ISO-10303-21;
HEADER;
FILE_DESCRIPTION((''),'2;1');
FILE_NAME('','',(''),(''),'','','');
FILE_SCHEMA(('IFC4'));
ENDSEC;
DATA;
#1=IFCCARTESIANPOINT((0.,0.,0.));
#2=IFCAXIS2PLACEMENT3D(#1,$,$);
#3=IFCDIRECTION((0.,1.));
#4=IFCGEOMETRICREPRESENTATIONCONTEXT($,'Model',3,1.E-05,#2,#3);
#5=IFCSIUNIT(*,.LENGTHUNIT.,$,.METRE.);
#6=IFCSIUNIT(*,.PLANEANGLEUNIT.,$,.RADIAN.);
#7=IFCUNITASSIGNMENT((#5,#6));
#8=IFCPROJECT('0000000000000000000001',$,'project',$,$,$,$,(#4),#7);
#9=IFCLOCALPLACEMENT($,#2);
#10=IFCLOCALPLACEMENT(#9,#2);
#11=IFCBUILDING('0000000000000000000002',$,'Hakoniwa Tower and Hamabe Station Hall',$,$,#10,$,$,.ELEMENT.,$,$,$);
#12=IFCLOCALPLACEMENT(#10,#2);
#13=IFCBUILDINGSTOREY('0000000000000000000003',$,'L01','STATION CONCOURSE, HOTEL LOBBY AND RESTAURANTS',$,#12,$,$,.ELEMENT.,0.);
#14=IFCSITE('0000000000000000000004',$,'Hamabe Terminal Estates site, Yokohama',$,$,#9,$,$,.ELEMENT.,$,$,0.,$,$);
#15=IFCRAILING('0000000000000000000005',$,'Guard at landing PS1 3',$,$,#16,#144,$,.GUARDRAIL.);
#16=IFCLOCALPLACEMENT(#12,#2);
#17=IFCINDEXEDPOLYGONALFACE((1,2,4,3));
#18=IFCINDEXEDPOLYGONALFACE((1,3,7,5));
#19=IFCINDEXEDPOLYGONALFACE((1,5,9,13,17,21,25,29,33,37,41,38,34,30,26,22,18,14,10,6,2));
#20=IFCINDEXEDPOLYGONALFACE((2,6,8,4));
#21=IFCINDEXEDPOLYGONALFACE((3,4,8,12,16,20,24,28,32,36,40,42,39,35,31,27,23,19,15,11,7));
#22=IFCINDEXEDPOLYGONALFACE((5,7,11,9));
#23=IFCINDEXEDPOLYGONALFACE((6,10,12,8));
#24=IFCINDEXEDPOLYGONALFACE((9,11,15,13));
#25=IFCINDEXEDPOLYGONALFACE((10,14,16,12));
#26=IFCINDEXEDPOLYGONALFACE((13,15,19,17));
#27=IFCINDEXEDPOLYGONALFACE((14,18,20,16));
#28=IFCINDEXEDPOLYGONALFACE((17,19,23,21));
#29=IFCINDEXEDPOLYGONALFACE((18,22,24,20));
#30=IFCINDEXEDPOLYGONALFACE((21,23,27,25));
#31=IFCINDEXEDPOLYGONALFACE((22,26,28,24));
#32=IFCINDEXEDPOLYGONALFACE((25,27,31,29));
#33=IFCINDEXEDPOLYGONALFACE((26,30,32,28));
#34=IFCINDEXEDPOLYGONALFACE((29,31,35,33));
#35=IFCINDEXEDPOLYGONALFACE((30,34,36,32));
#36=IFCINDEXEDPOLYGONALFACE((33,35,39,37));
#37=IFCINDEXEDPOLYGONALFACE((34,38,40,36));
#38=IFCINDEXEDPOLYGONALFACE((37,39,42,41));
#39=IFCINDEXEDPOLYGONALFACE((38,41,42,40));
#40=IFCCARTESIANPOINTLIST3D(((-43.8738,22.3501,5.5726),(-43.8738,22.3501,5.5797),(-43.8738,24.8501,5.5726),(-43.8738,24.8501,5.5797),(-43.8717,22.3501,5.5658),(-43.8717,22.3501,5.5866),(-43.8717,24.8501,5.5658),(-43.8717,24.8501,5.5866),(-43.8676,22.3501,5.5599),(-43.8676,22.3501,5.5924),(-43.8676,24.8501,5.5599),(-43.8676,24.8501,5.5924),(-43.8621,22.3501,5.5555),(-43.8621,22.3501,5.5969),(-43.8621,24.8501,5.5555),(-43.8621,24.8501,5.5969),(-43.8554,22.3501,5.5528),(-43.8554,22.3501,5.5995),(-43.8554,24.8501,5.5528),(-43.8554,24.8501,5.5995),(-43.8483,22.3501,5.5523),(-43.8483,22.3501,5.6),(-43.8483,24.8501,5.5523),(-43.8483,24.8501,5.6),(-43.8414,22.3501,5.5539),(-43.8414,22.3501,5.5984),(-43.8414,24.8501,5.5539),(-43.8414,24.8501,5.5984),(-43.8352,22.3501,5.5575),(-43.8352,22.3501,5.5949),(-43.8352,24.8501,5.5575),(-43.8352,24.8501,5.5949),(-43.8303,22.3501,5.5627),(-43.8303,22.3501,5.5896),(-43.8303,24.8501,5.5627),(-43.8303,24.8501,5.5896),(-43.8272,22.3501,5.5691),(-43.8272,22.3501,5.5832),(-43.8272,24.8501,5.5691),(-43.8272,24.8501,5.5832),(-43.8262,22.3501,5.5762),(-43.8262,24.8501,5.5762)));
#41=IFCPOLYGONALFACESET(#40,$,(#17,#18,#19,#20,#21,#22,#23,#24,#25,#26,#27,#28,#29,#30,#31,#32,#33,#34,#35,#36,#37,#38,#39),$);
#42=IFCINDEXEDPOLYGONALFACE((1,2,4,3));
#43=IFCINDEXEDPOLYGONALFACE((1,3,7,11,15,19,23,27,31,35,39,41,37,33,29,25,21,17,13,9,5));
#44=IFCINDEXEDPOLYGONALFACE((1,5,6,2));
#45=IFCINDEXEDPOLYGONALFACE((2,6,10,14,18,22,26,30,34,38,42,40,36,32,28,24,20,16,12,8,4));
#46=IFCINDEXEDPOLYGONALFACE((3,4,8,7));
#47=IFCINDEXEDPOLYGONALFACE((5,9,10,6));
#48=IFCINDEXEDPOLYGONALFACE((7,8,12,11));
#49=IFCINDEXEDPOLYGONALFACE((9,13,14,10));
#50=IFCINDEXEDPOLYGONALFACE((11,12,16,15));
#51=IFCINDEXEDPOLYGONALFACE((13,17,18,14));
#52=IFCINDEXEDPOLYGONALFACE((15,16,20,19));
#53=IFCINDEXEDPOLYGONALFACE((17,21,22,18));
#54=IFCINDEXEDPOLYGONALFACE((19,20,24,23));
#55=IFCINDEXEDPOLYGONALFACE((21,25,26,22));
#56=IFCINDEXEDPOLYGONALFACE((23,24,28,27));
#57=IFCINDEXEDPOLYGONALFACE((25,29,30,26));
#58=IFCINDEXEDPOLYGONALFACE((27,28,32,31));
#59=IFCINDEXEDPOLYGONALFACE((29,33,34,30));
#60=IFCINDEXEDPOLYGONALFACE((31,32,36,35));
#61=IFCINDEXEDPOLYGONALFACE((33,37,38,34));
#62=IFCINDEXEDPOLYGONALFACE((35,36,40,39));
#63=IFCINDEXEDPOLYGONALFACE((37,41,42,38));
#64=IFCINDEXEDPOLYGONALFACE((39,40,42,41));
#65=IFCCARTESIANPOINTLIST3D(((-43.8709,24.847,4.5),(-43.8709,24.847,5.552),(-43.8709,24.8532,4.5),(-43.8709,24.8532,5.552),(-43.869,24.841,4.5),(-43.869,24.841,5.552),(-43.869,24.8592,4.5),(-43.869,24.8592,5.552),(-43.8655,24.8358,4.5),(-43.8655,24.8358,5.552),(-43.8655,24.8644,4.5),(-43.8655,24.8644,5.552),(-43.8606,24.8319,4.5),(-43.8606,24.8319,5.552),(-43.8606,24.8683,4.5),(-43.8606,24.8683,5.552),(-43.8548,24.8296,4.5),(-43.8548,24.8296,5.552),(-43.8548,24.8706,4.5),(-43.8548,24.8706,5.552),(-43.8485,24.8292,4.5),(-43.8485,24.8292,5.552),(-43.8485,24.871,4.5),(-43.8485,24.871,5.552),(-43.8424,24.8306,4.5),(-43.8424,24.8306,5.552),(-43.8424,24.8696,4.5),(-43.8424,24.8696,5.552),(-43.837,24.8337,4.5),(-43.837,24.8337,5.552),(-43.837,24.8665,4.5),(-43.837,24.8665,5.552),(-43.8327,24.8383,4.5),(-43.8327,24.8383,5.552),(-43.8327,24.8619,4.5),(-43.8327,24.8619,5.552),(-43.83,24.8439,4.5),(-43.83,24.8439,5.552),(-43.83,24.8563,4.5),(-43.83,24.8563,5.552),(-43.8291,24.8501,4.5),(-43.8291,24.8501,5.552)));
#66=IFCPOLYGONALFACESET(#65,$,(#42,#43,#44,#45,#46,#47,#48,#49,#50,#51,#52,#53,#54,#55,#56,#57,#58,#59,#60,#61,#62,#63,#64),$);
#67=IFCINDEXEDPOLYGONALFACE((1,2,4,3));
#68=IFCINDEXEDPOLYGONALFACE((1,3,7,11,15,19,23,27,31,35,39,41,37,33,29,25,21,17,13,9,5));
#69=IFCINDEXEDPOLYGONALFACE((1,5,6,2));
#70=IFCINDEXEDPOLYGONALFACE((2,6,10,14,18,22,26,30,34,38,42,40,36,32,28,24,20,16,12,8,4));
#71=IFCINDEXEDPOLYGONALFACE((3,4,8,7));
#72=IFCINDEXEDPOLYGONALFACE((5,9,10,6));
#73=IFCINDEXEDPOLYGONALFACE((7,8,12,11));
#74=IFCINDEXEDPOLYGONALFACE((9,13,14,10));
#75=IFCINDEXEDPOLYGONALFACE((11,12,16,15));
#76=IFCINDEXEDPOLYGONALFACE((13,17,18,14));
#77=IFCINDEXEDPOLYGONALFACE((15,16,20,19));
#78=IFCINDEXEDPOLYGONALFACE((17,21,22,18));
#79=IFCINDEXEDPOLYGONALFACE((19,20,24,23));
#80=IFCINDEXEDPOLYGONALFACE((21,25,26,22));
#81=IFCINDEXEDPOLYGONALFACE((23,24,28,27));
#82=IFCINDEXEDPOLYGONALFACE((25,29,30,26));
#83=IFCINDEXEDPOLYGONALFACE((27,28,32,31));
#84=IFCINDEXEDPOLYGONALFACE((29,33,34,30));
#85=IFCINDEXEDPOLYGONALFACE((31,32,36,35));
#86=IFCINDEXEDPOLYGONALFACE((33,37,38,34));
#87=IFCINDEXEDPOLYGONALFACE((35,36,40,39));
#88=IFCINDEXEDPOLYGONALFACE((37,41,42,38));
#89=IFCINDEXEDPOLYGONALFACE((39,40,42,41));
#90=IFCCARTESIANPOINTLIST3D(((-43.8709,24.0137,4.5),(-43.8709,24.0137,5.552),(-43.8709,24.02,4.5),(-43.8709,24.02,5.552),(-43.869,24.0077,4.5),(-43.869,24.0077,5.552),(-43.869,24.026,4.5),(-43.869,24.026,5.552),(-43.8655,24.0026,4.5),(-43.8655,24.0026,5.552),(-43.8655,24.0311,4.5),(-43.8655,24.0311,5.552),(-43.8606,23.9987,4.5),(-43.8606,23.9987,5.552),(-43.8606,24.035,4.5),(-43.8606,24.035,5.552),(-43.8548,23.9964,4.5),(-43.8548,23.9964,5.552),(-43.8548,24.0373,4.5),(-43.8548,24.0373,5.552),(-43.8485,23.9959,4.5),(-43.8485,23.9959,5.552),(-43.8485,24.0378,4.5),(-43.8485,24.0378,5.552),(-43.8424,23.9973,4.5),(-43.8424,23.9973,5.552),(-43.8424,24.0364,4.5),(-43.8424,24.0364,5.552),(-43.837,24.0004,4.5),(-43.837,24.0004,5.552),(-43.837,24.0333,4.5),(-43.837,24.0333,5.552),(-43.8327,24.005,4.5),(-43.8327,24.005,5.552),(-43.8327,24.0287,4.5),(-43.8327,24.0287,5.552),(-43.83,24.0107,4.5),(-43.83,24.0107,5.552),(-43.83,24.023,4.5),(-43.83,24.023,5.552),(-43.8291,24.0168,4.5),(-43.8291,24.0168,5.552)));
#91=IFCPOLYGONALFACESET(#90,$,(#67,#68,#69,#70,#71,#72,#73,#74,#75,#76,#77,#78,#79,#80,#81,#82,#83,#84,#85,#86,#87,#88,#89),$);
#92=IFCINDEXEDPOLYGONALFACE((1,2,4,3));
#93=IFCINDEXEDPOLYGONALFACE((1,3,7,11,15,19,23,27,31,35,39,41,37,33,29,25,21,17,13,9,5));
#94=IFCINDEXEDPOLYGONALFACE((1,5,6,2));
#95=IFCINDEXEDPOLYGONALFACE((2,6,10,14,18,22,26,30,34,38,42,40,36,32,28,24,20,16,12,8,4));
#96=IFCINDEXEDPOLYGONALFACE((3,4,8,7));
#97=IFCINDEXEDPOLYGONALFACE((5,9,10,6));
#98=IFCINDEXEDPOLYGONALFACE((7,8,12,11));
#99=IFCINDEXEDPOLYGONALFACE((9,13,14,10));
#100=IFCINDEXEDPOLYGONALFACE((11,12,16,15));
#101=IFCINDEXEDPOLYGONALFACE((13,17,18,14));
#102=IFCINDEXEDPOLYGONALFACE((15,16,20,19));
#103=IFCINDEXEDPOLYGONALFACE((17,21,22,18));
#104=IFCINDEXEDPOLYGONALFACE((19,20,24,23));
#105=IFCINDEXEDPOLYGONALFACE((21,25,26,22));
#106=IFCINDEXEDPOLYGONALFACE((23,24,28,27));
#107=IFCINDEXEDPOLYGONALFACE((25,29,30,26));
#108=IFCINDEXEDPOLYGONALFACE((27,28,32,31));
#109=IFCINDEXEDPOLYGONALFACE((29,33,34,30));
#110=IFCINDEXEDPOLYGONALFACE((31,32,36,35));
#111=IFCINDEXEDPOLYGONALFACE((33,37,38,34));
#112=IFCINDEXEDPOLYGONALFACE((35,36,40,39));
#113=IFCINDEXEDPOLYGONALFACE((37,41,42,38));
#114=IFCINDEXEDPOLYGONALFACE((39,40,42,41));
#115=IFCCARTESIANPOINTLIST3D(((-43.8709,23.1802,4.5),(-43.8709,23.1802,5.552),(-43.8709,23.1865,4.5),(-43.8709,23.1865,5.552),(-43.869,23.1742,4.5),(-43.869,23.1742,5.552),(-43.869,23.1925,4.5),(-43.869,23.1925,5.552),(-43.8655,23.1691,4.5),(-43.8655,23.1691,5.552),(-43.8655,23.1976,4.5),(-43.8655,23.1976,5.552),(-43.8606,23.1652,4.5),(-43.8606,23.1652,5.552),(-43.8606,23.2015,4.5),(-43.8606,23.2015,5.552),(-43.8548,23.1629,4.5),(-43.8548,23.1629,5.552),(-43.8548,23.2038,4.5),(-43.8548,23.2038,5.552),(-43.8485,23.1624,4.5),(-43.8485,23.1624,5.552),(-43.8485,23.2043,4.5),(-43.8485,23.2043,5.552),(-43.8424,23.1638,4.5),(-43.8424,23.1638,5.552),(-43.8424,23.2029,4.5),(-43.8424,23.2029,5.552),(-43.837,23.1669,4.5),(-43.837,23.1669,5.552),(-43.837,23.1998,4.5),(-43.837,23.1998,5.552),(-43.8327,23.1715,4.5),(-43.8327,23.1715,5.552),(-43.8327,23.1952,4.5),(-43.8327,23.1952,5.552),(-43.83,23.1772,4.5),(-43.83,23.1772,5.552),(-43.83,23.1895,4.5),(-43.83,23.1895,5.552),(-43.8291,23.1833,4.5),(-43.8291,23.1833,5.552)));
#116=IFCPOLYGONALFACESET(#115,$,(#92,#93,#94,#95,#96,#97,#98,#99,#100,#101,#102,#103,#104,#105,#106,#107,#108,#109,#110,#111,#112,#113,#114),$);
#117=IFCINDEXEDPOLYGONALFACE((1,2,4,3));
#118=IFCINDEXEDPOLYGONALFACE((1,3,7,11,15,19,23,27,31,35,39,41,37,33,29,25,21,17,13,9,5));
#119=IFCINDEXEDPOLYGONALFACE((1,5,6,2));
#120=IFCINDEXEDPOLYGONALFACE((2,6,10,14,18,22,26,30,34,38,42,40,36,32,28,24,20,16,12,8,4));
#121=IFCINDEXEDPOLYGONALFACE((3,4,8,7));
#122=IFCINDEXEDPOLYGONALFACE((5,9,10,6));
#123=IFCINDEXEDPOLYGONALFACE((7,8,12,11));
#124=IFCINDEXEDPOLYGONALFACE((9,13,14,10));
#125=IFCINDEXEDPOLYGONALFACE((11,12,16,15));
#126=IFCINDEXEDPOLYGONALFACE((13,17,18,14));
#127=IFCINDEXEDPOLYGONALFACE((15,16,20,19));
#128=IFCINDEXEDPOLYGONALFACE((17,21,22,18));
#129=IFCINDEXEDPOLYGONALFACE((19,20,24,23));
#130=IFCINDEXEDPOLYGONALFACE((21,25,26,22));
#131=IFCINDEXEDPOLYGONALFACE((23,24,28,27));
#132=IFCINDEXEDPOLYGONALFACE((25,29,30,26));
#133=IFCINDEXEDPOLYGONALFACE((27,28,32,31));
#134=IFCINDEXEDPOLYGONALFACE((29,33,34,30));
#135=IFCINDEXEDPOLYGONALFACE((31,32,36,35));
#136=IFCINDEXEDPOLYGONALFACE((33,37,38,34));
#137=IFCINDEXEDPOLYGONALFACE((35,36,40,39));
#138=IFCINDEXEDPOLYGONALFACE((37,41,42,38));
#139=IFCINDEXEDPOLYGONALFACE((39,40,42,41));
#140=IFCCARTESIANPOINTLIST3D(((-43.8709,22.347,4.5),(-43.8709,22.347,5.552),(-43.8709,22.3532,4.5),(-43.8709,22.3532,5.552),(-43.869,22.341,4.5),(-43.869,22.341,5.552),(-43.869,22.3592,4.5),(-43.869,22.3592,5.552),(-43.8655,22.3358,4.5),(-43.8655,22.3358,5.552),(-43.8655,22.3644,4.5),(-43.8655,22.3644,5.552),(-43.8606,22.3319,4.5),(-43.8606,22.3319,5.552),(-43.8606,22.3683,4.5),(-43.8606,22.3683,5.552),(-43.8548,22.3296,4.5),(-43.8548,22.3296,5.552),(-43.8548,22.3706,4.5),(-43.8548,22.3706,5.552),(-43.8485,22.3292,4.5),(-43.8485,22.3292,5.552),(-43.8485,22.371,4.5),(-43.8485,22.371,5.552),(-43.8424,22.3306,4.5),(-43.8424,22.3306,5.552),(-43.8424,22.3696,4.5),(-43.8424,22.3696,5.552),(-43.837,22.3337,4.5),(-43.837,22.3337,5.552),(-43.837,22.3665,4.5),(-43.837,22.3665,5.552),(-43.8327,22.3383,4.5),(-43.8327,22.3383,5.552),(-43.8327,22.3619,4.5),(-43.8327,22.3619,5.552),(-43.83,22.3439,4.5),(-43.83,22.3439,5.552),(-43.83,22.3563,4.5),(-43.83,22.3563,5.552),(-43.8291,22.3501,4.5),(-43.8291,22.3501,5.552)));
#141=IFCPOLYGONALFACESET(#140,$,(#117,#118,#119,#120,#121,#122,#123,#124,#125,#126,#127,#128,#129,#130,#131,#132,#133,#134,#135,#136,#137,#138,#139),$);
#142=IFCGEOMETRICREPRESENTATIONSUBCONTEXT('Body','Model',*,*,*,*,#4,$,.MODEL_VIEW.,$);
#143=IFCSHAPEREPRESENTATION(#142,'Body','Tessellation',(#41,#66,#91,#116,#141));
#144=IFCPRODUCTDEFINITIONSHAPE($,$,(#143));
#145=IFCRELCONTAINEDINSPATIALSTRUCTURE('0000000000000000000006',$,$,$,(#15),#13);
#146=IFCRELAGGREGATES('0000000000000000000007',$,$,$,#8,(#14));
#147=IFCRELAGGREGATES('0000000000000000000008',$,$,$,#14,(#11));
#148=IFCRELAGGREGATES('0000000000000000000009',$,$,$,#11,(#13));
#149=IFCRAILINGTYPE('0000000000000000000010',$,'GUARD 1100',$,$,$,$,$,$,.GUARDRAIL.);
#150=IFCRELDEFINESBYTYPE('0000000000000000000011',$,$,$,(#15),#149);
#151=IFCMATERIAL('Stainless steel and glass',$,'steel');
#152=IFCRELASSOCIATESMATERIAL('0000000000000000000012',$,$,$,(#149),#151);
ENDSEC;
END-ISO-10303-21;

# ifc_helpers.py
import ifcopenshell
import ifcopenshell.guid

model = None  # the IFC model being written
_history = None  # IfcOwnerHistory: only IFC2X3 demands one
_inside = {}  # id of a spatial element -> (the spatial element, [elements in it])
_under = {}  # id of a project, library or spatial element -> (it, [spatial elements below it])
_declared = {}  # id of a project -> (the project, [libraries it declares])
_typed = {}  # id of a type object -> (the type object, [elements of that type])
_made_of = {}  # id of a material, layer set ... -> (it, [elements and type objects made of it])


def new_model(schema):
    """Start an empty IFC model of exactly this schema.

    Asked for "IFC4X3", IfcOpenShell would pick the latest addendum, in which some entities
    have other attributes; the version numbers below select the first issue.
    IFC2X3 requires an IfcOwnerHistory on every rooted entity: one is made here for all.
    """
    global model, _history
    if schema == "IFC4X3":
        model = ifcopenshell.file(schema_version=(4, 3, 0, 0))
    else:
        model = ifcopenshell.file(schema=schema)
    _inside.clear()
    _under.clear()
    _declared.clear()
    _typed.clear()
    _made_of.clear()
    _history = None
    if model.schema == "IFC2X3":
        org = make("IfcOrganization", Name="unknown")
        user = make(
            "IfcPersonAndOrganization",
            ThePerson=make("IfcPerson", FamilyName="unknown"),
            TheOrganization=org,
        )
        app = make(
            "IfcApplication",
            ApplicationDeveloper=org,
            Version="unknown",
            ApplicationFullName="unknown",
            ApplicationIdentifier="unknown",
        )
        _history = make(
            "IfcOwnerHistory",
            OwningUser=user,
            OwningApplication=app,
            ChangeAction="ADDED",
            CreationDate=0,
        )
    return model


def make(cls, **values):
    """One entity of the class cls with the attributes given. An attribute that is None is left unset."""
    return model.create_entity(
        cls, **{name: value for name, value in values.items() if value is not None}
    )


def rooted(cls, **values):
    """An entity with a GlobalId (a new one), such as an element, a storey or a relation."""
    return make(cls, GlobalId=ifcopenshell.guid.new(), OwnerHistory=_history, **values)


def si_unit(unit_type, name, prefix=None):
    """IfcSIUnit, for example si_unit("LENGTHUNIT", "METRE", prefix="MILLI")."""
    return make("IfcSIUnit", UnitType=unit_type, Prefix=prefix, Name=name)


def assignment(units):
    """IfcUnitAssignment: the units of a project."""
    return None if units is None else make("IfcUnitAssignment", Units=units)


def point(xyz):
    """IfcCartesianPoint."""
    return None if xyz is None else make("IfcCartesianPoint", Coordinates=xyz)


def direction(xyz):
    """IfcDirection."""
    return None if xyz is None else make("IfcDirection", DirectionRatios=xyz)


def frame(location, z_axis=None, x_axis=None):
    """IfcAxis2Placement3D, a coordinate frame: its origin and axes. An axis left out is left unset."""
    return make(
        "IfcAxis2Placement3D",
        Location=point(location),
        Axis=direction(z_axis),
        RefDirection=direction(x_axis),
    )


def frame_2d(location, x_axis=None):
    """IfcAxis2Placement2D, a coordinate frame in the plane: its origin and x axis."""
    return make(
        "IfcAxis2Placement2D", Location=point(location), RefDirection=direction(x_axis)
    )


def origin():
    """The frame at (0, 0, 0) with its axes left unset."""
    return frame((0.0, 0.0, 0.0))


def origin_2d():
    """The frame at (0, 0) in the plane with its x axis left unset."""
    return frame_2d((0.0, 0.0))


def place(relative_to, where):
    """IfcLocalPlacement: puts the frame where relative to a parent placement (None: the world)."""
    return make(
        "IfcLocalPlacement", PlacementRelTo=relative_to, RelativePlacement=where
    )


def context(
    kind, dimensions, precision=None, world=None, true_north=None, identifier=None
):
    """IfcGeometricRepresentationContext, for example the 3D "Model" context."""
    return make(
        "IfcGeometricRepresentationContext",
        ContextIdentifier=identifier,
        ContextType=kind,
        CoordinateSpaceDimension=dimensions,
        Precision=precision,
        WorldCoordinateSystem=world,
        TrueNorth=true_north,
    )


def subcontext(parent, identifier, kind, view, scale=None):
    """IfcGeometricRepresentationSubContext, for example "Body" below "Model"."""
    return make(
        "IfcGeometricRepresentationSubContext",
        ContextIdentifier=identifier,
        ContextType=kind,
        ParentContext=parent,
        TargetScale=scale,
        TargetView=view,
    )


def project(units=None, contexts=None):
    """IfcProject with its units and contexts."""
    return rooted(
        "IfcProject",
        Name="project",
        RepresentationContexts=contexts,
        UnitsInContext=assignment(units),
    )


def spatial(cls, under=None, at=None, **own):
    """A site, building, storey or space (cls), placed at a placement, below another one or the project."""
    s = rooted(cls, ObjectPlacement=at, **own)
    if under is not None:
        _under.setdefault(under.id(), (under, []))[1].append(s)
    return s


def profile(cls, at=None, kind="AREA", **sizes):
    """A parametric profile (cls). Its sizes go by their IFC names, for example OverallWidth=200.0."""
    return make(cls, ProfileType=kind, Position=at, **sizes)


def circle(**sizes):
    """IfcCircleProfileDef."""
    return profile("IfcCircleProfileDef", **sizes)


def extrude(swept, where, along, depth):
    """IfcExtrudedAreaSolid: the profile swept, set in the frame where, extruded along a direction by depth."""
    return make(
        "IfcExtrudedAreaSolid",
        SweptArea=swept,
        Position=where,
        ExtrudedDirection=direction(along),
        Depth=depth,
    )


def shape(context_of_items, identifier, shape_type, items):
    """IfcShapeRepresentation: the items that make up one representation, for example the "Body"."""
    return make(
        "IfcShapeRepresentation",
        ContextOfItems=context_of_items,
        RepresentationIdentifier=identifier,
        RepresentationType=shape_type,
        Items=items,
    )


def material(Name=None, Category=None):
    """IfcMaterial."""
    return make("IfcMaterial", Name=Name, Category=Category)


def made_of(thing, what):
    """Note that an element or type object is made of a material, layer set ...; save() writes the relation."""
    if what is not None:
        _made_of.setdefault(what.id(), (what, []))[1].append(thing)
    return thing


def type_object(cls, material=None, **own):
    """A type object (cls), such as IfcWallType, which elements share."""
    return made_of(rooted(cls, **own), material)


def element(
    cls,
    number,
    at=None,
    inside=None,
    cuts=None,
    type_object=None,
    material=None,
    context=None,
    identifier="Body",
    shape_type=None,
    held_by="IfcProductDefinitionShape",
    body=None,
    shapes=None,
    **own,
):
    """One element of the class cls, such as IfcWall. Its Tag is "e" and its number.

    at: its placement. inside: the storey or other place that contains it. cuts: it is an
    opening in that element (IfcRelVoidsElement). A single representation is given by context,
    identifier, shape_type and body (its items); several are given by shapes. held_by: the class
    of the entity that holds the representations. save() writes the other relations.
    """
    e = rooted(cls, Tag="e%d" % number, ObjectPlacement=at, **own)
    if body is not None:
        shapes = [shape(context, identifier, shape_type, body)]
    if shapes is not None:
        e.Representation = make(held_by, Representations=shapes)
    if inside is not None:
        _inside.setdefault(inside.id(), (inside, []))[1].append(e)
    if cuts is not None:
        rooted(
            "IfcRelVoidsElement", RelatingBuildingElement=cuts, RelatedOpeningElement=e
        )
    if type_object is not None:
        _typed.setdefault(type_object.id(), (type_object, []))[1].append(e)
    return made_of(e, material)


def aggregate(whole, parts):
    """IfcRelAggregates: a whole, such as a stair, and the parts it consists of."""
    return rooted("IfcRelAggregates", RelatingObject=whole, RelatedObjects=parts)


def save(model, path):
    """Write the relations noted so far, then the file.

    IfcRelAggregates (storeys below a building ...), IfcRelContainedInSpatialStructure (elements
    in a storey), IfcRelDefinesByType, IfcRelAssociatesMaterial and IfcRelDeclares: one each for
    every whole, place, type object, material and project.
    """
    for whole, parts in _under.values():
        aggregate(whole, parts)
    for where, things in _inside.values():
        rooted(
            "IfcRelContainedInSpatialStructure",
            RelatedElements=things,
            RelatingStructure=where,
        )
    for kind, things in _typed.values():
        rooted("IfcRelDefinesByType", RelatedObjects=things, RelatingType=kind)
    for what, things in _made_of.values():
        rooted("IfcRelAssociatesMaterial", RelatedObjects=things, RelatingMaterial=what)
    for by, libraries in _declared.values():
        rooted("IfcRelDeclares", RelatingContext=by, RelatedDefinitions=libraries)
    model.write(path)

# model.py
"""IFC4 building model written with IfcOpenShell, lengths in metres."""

from ifc_helpers import new_model, si_unit, direction, frame, origin, origin_2d, place, context, subcontext, project, spatial, circle, extrude, material, type_object, element, save


model = new_model("IFC4")

# Units and contexts
model_context = context("Model", 3, precision=1e-05, world=origin(), true_north=direction((0.0, 1.0)))
body_context = subcontext(model_context, "Body", "Model", "MODEL_VIEW")
ifc_project = project(units=[si_unit("LENGTHUNIT", "METRE"), si_unit("PLANEANGLEUNIT", "RADIAN")], contexts=[model_context])

# Site, building, storey
site_placement = place(None, origin())
site = spatial("IfcSite", under=ifc_project, at=site_placement, Name="Hamabe Terminal Estates site, Yokohama", CompositionType="ELEMENT", RefElevation=0.0)
building_placement = place(site_placement, origin())
building = spatial("IfcBuilding", under=site, at=building_placement, Name="Hakoniwa Tower and Hamabe Station Hall", CompositionType="ELEMENT")
storey_placement = place(building_placement, origin())
storey = spatial("IfcBuildingStorey", under=building, at=storey_placement, Name="L01", Description="STATION CONCOURSE, HOTEL LOBBY AND RESTAURANTS", CompositionType="ELEMENT", Elevation=0.0)

# Railing
ifc_material_1 = material(Name="Stainless steel and glass", Category="steel")
railing_type_1 = type_object("IfcRailingType", Name="GUARD 1100", PredefinedType="GUARDRAIL", material=ifc_material_1)
railing_1_placement = place(storey_placement, frame((-43.8501, 24.8501, 4.5)))
element("IfcRailing", 1, at=railing_1_placement, inside=storey, type_object=railing_type_1, Name="Guard at landing PS1 3", PredefinedType="GUARDRAIL", context=body_context, shape_type="SweptSolid", body=[
    extrude(circle(Radius=0.0239, at=origin_2d()), frame((0.0, 0.0, 1.0762), z_axis=(0.0, -1.0, 0.0), x_axis=(1.0, 0.0, 0.0)), (0.0, 0.0, 1.0), 2.5),
    extrude(circle(Radius=0.021, at=origin_2d()), origin(), (0.0, 0.0, 1.0), 1.052),
    extrude(circle(Radius=0.021, at=origin_2d()), frame((0.0, -0.8333, 0.0)), (0.0, 0.0, 1.0), 1.052),
    extrude(circle(Radius=0.021, at=origin_2d()), frame((0.0, -1.6667, 0.0)), (0.0, 0.0, 1.0), 1.052),
    extrude(circle(Radius=0.021, at=origin_2d()), frame((0.0, -2.5, 0.0)), (0.0, 0.0, 1.0), 1.052),
])

save(model, "model.ifc")
